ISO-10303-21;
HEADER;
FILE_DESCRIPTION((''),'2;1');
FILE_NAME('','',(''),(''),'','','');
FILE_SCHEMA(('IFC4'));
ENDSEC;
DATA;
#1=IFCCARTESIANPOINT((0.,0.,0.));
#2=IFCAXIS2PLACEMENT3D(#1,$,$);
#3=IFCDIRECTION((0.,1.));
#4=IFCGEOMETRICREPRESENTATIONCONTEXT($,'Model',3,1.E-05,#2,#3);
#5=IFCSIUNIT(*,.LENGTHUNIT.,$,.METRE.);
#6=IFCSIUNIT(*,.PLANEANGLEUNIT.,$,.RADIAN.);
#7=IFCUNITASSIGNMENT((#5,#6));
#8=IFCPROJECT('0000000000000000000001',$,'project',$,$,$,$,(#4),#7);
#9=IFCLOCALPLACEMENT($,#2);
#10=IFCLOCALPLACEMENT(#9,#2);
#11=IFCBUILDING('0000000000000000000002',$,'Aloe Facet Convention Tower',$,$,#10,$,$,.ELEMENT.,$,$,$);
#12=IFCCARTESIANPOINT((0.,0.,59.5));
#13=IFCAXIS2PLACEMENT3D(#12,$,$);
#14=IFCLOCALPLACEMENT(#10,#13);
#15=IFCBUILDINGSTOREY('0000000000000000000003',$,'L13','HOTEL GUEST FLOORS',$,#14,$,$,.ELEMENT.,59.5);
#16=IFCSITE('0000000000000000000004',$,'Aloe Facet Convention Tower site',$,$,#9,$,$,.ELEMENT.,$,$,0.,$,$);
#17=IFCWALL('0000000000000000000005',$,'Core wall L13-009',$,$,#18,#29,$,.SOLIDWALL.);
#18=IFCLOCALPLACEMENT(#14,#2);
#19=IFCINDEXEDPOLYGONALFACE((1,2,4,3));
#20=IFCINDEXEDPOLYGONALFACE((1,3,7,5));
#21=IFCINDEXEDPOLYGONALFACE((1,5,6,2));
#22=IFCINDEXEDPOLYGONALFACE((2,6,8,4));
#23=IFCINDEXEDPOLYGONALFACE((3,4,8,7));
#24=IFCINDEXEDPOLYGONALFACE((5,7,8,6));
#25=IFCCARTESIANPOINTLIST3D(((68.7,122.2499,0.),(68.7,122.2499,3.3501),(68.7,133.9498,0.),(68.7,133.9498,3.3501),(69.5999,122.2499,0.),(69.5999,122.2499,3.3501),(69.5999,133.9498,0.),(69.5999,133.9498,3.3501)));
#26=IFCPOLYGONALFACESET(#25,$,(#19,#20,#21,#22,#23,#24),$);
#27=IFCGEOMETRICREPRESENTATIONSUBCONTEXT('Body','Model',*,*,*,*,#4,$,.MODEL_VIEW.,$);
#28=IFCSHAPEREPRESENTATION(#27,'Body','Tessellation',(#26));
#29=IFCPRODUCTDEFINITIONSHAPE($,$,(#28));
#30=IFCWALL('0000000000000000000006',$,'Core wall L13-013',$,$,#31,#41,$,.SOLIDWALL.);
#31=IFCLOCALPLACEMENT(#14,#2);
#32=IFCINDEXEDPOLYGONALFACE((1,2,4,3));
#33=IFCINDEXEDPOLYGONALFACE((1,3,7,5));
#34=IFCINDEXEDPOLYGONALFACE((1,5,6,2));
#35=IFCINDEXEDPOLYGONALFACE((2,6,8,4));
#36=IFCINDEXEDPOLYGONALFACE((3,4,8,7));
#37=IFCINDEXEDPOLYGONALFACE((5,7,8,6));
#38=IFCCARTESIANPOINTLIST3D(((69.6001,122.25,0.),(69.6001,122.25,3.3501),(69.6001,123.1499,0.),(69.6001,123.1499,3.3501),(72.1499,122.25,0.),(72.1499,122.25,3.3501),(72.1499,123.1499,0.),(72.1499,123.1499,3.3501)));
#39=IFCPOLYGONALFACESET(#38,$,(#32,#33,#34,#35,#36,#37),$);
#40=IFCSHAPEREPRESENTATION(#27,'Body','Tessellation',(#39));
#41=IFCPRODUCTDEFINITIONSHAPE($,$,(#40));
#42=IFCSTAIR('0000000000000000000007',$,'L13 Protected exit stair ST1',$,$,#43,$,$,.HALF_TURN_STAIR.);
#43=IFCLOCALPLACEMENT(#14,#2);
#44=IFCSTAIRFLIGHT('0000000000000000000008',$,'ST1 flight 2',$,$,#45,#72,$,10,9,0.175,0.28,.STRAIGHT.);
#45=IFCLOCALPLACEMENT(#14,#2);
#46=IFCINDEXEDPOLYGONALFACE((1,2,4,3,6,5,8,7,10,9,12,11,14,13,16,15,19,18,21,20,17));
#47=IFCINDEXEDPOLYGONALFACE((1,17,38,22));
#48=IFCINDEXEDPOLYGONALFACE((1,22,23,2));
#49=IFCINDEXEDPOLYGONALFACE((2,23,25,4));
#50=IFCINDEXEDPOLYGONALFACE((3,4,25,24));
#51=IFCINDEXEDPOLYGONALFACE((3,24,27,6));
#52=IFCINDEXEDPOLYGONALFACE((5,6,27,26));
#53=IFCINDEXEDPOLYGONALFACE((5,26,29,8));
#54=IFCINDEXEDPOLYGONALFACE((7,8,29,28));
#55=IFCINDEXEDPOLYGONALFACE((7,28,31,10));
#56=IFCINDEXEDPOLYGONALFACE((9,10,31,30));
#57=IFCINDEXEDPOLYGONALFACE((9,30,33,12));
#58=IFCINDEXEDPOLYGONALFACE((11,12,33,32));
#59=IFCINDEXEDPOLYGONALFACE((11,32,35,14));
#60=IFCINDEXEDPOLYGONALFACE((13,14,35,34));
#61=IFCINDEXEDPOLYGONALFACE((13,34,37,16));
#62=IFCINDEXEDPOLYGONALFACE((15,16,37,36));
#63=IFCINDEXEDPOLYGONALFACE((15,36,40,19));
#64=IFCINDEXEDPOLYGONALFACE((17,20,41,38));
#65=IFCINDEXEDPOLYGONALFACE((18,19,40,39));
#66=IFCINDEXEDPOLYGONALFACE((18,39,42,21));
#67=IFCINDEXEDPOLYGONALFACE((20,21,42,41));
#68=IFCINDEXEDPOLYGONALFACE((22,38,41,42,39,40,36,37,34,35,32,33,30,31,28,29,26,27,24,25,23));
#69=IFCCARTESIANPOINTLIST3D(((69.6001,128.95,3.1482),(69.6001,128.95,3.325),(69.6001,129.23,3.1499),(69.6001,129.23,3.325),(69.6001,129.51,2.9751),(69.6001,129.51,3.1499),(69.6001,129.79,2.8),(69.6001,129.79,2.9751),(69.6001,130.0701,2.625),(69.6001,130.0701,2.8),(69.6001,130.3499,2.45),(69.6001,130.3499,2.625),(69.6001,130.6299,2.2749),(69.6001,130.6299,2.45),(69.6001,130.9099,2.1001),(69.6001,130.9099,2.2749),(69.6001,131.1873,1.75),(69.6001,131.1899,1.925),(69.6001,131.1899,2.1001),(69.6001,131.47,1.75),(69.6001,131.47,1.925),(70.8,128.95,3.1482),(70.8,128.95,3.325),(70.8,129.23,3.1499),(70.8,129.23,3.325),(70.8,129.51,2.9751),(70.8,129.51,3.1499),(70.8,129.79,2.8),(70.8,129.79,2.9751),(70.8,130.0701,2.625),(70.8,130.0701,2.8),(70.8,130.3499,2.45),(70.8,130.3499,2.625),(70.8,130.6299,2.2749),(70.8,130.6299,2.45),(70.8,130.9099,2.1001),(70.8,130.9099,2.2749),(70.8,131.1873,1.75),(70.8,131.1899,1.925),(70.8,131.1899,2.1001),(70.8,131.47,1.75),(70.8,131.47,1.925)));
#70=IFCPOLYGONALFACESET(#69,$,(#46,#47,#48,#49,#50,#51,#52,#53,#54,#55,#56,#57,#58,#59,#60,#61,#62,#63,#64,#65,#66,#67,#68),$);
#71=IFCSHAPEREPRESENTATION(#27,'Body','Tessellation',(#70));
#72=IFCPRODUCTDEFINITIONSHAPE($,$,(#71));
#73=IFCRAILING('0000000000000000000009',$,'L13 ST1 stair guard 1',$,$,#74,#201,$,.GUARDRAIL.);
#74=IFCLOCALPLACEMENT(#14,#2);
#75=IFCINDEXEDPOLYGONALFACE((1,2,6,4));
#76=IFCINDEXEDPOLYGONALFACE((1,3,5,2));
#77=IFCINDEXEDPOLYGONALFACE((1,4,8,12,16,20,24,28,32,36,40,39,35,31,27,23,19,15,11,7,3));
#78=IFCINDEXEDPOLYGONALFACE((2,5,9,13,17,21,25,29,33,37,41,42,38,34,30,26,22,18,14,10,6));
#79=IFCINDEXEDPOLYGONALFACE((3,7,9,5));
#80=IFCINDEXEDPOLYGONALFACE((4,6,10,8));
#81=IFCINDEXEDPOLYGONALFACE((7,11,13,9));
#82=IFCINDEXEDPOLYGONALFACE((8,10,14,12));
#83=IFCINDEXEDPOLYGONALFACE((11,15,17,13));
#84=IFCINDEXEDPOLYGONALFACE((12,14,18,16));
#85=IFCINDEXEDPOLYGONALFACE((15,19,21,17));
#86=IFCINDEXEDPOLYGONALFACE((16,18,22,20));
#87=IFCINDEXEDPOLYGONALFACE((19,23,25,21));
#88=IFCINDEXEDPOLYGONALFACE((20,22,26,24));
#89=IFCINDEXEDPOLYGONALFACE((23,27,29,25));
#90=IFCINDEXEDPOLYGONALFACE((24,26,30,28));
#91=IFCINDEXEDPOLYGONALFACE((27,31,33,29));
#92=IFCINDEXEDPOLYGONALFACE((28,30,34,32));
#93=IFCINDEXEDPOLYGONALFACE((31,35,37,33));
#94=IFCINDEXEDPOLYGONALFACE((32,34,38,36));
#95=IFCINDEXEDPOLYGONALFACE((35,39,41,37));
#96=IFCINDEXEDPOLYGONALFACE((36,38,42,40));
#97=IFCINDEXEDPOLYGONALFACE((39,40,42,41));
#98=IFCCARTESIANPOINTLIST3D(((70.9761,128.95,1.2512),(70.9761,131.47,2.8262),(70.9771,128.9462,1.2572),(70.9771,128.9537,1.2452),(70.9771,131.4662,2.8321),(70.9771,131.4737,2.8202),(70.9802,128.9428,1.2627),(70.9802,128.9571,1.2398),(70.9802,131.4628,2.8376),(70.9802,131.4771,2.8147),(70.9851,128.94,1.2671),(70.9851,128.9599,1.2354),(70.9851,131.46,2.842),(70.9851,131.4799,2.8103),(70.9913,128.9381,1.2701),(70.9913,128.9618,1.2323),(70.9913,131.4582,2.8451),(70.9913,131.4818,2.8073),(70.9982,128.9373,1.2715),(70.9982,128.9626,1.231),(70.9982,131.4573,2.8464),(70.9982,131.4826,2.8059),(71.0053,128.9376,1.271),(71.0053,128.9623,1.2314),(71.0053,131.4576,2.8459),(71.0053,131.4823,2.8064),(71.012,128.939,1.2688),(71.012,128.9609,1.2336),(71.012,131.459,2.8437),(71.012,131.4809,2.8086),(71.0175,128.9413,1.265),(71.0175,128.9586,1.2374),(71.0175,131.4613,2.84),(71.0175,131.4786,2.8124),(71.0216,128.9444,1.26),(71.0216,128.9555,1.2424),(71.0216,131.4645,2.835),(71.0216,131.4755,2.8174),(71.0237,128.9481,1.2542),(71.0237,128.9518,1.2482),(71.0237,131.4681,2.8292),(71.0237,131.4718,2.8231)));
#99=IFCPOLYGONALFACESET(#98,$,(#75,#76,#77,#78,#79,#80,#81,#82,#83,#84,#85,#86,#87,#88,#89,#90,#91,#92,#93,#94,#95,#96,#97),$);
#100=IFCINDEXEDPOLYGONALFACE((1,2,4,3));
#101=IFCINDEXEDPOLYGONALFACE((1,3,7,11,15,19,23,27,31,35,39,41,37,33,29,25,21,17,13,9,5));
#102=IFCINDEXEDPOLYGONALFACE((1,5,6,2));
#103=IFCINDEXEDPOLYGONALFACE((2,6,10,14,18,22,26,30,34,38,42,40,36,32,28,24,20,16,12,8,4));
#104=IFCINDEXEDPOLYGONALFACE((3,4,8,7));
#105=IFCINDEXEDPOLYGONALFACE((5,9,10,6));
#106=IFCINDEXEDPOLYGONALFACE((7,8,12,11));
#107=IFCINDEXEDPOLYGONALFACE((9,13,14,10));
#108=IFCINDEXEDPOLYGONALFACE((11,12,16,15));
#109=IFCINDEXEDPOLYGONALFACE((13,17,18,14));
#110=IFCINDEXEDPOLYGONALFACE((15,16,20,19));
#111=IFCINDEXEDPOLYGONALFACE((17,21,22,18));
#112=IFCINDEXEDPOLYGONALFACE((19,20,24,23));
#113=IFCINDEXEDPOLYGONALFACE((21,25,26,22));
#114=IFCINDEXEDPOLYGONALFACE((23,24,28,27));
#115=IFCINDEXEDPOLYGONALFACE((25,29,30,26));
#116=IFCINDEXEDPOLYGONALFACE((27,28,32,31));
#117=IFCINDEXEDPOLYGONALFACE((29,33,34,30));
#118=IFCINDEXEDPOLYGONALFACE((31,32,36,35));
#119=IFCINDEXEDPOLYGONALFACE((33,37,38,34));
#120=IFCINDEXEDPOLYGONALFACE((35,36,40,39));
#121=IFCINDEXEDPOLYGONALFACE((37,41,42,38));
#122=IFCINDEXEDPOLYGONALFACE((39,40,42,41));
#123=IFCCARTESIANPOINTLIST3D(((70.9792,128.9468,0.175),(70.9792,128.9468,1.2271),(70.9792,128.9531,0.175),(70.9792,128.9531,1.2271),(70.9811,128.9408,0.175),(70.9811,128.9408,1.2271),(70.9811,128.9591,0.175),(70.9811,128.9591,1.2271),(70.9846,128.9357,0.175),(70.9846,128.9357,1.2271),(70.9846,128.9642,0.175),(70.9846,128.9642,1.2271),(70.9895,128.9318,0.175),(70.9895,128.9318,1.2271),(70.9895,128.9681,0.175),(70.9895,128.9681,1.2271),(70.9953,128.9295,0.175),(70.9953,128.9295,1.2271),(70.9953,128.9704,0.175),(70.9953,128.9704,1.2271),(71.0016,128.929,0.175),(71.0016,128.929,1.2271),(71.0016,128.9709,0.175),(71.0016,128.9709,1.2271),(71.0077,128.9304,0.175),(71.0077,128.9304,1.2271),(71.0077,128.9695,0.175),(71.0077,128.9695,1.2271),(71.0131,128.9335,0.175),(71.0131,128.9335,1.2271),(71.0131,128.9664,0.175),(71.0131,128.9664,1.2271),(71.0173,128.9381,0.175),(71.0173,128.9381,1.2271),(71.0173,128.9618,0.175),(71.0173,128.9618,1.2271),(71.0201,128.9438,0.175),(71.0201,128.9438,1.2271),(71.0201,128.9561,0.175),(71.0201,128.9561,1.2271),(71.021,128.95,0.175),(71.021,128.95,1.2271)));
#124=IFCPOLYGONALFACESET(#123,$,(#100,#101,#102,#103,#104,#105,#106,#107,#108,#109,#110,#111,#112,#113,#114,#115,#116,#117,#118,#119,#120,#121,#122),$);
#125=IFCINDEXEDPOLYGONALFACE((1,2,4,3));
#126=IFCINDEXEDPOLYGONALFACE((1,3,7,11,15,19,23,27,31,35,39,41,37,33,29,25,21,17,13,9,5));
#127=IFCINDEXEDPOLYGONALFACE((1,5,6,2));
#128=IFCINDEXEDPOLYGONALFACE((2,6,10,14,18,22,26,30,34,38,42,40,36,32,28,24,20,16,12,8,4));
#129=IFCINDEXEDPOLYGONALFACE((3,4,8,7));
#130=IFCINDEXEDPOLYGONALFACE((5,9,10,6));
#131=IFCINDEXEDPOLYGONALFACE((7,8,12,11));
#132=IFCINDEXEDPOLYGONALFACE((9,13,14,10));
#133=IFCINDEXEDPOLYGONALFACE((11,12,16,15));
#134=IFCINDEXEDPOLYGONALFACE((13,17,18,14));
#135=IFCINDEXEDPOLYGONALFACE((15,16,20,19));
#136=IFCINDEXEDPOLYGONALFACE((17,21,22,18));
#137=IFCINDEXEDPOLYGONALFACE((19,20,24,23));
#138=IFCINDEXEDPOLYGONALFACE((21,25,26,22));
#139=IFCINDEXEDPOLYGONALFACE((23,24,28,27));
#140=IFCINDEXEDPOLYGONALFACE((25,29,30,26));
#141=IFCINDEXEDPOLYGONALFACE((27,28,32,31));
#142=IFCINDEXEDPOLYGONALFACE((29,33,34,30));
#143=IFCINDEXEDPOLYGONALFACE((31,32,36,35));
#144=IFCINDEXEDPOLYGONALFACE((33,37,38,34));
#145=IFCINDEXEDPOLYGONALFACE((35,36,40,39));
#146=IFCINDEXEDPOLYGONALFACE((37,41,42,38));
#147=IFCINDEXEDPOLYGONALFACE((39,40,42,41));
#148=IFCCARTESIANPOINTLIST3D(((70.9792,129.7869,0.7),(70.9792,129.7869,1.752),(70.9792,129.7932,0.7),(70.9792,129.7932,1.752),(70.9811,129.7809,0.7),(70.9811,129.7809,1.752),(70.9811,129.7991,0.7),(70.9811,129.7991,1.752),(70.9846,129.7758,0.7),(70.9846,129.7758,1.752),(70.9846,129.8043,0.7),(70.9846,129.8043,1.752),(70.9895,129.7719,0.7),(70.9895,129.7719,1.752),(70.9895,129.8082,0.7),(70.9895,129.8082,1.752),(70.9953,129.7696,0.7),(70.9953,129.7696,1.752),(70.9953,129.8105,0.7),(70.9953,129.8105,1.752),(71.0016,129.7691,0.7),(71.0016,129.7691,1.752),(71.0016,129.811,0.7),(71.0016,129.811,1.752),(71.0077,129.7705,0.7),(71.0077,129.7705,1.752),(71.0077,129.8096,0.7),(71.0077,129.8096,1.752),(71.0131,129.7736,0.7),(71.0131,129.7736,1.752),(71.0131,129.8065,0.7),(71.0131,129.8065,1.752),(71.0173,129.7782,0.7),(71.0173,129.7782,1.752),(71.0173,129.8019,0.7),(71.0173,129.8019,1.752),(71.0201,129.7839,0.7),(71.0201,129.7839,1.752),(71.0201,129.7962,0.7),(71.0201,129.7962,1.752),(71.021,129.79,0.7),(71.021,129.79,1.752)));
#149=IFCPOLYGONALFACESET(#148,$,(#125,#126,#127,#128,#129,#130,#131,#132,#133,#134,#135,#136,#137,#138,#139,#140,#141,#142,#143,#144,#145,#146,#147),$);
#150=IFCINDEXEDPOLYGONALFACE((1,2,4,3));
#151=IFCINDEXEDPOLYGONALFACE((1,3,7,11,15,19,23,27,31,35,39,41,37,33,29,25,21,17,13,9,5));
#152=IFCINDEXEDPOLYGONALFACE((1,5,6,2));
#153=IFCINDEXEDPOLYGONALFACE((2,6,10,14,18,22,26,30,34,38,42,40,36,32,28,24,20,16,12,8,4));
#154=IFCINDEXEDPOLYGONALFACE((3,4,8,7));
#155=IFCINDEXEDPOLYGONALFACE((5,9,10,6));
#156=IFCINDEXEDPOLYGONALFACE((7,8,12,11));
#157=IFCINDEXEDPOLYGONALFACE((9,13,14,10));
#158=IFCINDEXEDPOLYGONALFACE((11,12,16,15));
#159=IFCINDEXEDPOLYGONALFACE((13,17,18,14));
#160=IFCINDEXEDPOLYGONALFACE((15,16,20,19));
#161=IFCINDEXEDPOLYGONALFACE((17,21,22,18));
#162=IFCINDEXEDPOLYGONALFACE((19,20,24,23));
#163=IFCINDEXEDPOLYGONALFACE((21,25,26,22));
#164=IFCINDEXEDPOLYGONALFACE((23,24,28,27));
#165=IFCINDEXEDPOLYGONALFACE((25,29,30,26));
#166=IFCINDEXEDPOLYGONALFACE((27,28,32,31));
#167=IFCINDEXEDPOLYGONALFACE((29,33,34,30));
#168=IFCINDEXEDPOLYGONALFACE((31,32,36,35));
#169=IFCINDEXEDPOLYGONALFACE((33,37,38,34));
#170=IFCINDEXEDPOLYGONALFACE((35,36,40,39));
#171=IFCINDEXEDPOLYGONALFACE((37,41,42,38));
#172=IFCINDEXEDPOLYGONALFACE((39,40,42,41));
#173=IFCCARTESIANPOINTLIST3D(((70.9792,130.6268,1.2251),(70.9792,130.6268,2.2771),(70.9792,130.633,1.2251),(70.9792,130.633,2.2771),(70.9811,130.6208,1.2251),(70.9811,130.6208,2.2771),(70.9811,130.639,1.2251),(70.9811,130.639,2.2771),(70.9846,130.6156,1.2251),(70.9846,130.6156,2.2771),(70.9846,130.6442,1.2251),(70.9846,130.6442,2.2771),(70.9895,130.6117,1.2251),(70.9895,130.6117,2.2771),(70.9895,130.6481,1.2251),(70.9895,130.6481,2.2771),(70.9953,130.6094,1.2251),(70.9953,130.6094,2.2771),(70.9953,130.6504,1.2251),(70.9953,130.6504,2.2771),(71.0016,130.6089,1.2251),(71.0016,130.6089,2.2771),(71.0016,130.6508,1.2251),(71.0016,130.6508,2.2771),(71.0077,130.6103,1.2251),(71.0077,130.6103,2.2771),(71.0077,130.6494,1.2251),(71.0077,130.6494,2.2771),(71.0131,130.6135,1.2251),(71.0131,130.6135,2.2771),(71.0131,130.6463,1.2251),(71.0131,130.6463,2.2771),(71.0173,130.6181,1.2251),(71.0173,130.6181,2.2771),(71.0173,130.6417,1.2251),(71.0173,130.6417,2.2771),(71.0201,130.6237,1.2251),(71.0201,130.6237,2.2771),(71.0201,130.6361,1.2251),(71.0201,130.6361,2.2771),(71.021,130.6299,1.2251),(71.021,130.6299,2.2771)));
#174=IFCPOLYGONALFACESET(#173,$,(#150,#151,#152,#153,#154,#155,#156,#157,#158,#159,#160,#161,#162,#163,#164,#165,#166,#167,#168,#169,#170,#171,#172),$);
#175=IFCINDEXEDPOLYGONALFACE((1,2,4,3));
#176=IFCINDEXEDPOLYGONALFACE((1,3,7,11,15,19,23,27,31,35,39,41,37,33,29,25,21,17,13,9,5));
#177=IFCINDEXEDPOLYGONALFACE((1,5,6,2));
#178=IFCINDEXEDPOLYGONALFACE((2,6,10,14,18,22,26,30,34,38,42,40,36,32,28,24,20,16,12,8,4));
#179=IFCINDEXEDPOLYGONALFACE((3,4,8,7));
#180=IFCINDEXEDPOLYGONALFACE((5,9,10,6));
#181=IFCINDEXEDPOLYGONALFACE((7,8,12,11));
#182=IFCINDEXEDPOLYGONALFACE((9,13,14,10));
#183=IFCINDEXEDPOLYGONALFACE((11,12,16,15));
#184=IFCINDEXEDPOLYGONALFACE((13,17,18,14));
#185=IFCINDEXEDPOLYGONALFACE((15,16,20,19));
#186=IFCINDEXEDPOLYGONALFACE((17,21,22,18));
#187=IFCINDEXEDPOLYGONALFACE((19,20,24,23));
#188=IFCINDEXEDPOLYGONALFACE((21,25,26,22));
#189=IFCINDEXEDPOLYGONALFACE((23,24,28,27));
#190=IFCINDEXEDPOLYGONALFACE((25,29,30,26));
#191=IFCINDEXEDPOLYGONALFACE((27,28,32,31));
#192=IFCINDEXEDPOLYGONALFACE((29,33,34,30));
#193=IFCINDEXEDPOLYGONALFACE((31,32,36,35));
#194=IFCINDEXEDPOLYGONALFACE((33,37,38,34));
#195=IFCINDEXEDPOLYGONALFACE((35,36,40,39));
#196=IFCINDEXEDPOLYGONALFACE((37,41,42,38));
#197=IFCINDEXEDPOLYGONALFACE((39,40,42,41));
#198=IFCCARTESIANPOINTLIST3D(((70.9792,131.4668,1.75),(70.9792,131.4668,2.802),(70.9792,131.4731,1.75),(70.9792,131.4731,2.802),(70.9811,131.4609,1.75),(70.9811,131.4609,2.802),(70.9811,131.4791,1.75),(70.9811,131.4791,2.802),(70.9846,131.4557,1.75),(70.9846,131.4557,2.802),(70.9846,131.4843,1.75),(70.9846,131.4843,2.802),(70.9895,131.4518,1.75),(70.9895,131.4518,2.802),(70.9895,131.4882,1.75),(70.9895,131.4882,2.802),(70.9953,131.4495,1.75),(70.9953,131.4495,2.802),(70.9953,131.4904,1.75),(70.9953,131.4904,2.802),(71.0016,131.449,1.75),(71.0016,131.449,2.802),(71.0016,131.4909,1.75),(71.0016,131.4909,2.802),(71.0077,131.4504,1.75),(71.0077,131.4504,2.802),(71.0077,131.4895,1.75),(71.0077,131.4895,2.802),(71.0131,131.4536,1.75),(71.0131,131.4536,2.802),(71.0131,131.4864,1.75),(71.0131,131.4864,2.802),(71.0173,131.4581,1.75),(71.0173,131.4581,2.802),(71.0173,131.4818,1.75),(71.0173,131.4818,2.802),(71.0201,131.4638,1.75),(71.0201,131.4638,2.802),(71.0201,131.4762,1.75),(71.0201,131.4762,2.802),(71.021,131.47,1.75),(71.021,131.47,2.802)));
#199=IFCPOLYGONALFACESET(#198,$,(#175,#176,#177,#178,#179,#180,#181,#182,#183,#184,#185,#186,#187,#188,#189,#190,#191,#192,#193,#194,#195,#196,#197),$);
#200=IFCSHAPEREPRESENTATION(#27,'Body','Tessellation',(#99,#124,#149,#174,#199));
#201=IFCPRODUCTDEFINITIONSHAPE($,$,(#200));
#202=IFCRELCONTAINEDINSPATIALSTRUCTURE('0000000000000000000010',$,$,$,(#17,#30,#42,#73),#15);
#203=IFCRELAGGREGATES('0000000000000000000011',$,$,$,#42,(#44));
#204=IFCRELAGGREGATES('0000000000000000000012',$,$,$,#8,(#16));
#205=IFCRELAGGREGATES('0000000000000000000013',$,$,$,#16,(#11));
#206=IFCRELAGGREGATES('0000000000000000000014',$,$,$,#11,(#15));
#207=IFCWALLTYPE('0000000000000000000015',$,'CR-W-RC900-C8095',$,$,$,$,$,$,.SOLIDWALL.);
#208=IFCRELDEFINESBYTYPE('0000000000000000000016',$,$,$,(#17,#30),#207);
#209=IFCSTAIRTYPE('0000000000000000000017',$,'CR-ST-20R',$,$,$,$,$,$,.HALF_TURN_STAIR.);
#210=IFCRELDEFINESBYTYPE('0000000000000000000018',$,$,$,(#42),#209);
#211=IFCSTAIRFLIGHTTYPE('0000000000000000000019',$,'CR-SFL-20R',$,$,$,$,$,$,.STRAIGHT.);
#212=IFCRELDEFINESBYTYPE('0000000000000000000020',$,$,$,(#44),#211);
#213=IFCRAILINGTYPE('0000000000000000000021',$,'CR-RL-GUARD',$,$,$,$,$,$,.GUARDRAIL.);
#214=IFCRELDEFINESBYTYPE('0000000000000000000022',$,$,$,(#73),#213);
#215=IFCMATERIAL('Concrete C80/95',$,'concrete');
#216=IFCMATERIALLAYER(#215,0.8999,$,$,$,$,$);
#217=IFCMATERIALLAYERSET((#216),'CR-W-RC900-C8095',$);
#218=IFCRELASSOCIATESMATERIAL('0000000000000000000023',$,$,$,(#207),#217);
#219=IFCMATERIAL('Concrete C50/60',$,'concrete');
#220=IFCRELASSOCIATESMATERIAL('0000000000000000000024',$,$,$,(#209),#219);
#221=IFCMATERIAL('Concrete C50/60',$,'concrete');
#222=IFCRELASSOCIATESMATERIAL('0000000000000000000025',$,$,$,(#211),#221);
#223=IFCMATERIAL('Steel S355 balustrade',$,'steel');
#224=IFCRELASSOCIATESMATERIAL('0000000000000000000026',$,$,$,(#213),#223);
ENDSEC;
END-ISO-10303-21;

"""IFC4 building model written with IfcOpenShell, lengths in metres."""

from ifc_helpers import new_model, si_unit, direction, frame, frame_2d, origin, origin_2d, place, context, subcontext, project, spatial, polyline, rectangle, circle, outline, extrude, material, layer, layer_set, type_object, element, aggregate, save


model = new_model("IFC4")

# Units and contexts
model_context = context("Model", 3, precision=1e-05, world=origin(), true_north=direction((0.0, 1.0)))
body_context = subcontext(model_context, "Body", "Model", "MODEL_VIEW")
ifc_project = project(units=[si_unit("LENGTHUNIT", "METRE"), si_unit("PLANEANGLEUNIT", "RADIAN")], contexts=[model_context])

# Site, building, storey
site_placement = place(None, origin())
site = spatial("IfcSite", under=ifc_project, at=site_placement, Name="Aloe Facet Convention Tower site", CompositionType="ELEMENT", RefElevation=0.0)
building_placement = place(site_placement, origin())
building = spatial("IfcBuilding", under=site, at=building_placement, Name="Aloe Facet Convention Tower", CompositionType="ELEMENT")
storey_placement = place(building_placement, frame((0.0, 0.0, 59.5)))
storey = spatial("IfcBuildingStorey", under=building, at=storey_placement, Name="L13", Description="HOTEL GUEST FLOORS", CompositionType="ELEMENT", Elevation=59.5)

# Walls
ifc_material_1 = material(Name="Concrete C80/95", Category="concrete")
ifc_layer_1 = layer(ifc_material_1, 0.8999)
ifc_layer_set_1 = layer_set([ifc_layer_1], Name="CR-W-RC900-C8095")
wall_type_1 = type_object("IfcWallType", Name="CR-W-RC900-C8095", PredefinedType="SOLIDWALL", material=ifc_layer_set_1)
wall_1_placement = place(storey_placement, frame((69.1499, 133.95, 0.0), z_axis=(0.0, 0.0, 1.0), x_axis=(0.0, -1.0, 0.0)))
element("IfcWall", 1, at=wall_1_placement, inside=storey, type_object=wall_type_1, Name="Core wall L13-009", PredefinedType="SOLIDWALL", context=body_context, shape_type="SweptSolid", body=[
    extrude(rectangle(XDim=11.7, YDim=0.8999, at=frame_2d((5.8501, 0.0))), origin(), (0.0, 0.0, 1.0), 3.3501),
])
wall_2_placement = place(storey_placement, frame((69.6001, 122.7, 0.0), z_axis=(0.0, 0.0, 1.0), x_axis=(1.0, 0.0, 0.0)))
element("IfcWall", 2, at=wall_2_placement, inside=storey, type_object=wall_type_1, Name="Core wall L13-013", PredefinedType="SOLIDWALL", context=body_context, shape_type="SweptSolid", body=[
    extrude(rectangle(XDim=2.5498, YDim=0.8999, at=frame_2d((1.2749, 0.0))), origin(), (0.0, 0.0, 1.0), 3.3501),
])

# Stair, stair flight
ifc_material_2 = material(Name="Concrete C50/60", Category="concrete")
stair_type = type_object("IfcStairType", Name="CR-ST-20R", PredefinedType="HALF_TURN_STAIR", material=ifc_material_2)
stair_placement = place(storey_placement, origin())
stair = element("IfcStair", 3, at=stair_placement, inside=storey, type_object=stair_type, Name="L13 Protected exit stair ST1", PredefinedType="HALF_TURN_STAIR")
ifc_material_3 = material(Name="Concrete C50/60", Category="concrete")
stair_flight_type = type_object("IfcStairFlightType", Name="CR-SFL-20R", PredefinedType="STRAIGHT", material=ifc_material_3)
stair_flight_placement = place(storey_placement, frame((70.2, 131.47, 1.75), z_axis=(0.0, 0.0, 1.0), x_axis=(0.0, -1.0, 0.0)))
stair_flight = element("IfcStairFlight", 4, at=stair_flight_placement, type_object=stair_flight_type, Name="ST1 flight 2", NumberOfRisers=10, NumberOfTreads=9, PredefinedType="STRAIGHT", RiserHeight=0.175, TreadLength=0.28, context=body_context, shape_type="SweptSolid", body=[
    extrude(outline(polyline([(0.0, 0.0), (0.0, 0.175), (0.28, 0.175), (0.28, 0.3501), (0.5601, 0.3501), (0.5601, 0.5249), (0.8401, 0.5249), (0.8401, 0.7), (1.1201, 0.7), (1.1201, 0.875), (1.3999, 0.875), (1.3999, 1.05), (1.6799, 1.05), (1.6799, 1.2251), (1.96, 1.2251), (1.96, 1.3999), (2.24, 1.3999), (2.24, 1.575), (2.52, 1.575), (2.52, 1.75), (2.52, 1.3982), (0.2827, 0.0), (0.0, 0.0)])), frame((0.0, 0.6001, 0.0), z_axis=(0.0, -1.0, 0.0), x_axis=(1.0, 0.0, 0.0)), (0.0, 0.0, 1.0), 1.2),
])
aggregate(stair, [stair_flight])

# Railing
ifc_material_4 = material(Name="Steel S355 balustrade", Category="steel")
railing_type_1 = type_object("IfcRailingType", Name="CR-RL-GUARD", PredefinedType="GUARDRAIL", material=ifc_material_4)
railing_1_placement = place(storey_placement, frame((71.0, 128.95, 0.175)))
element("IfcRailing", 5, at=railing_1_placement, inside=storey, type_object=railing_type_1, Name="L13 ST1 stair guard 1", PredefinedType="GUARDRAIL", context=body_context, shape_type="SweptSolid", body=[
    extrude(circle(Radius=0.0239, at=origin_2d()), frame((0.0, 0.0, 1.0762), z_axis=(0.0, 0.848008, 0.529984), x_axis=(-1.0, 0.0, 0.0)), (0.0, 0.0, 1.0), 2.9717),
    extrude(circle(Radius=0.021, at=origin_2d()), origin(), (0.0, 0.0, 1.0), 1.052),
    extrude(circle(Radius=0.021, at=origin_2d()), frame((0.0, 0.8401, 0.5249)), (0.0, 0.0, 1.0), 1.052),
    extrude(circle(Radius=0.021, at=origin_2d()), frame((0.0, 1.6799, 1.05)), (0.0, 0.0, 1.0), 1.052),
    extrude(circle(Radius=0.021, at=origin_2d()), frame((0.0, 2.52, 1.575)), (0.0, 0.0, 1.0), 1.052),
])

save(model, "model.ifc")
